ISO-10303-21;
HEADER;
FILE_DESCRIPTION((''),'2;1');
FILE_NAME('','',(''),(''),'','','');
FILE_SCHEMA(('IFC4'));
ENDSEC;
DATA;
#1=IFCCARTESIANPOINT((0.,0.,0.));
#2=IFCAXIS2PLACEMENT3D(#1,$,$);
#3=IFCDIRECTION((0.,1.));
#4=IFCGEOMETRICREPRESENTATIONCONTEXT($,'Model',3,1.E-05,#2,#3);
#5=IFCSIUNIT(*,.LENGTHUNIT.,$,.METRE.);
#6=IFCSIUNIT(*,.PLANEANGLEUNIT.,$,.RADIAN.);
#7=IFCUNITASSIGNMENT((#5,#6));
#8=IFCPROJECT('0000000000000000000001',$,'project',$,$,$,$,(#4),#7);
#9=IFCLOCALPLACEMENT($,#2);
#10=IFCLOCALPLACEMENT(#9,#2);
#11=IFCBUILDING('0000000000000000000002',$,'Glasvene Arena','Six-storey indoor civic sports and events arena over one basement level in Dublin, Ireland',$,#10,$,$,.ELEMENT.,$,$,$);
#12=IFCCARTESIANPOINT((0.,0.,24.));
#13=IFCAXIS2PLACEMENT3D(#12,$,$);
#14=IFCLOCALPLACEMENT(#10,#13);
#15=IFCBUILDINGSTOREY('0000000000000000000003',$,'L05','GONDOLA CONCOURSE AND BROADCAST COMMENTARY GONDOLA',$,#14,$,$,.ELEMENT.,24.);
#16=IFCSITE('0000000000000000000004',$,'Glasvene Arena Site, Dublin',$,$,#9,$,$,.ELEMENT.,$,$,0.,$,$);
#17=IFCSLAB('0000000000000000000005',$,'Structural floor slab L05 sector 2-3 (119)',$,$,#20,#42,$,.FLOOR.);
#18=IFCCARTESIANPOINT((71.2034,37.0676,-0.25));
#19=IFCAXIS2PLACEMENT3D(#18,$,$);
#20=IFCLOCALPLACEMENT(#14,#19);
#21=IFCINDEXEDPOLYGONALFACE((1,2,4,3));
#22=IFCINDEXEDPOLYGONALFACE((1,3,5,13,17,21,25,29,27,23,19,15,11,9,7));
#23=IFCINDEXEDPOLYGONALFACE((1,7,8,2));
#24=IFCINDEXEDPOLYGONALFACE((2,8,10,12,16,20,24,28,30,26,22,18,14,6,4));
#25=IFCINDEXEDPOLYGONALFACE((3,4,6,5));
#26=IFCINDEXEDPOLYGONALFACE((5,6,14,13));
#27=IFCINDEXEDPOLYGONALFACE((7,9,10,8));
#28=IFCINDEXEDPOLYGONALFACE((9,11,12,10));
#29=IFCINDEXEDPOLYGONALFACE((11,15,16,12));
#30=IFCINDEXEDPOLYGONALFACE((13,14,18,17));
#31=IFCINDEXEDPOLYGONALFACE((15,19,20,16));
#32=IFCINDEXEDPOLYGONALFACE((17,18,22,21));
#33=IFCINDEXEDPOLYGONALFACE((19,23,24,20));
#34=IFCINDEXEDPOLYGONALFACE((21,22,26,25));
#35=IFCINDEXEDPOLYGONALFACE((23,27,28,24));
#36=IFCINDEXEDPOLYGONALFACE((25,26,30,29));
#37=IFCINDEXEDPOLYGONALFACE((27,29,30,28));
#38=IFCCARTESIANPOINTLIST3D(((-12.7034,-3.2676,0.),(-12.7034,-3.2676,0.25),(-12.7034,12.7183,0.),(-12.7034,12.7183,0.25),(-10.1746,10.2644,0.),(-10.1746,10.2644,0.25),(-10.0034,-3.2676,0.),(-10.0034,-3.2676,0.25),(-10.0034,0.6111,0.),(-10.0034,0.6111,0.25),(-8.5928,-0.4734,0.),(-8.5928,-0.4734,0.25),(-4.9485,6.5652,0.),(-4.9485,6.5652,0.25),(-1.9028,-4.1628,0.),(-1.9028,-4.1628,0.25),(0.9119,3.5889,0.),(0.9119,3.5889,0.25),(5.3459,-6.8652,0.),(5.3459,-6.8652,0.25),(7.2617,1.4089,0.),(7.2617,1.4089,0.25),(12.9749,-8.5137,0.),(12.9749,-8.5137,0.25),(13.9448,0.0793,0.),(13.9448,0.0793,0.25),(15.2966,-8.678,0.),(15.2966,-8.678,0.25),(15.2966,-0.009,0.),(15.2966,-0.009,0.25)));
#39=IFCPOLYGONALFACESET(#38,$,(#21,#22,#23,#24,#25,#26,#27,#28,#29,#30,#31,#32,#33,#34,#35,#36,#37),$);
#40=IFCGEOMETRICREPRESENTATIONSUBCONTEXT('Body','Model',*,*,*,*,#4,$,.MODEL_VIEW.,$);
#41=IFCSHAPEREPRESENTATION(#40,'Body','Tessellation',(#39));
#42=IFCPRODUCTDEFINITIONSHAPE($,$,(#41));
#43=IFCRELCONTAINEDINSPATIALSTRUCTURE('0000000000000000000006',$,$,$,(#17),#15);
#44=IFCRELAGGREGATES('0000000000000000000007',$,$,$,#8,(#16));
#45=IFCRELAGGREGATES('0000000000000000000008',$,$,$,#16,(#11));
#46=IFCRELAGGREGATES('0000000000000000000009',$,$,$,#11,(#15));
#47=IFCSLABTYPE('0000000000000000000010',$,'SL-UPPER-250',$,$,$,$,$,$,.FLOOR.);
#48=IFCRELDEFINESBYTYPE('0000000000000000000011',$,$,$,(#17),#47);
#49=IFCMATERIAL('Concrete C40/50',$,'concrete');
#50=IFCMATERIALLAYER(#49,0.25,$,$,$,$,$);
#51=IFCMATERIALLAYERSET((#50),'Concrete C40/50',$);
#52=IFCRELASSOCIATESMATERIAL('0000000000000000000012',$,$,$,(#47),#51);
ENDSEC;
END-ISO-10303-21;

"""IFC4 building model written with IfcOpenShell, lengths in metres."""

from ifc_helpers import new_model, si_unit, direction, frame, origin, place, context, subcontext, project, spatial, polyline, outline, extrude, material, layer, layer_set, type_object, element, save


model = new_model("IFC4")

# Units and contexts
model_context = context("Model", 3, precision=1e-05, world=origin(), true_north=direction((0.0, 1.0)))
body_context = subcontext(model_context, "Body", "Model", "MODEL_VIEW")
ifc_project = project(units=[si_unit("LENGTHUNIT", "METRE"), si_unit("PLANEANGLEUNIT", "RADIAN")], contexts=[model_context])

# Site, building, storey
site_placement = place(None, origin())
site = spatial("IfcSite", under=ifc_project, at=site_placement, Name="Glasvene Arena Site, Dublin", CompositionType="ELEMENT", RefElevation=0.0)
building_placement = place(site_placement, origin())
building = spatial("IfcBuilding", under=site, at=building_placement, Name="Glasvene Arena", Description="Six-storey indoor civic sports and events arena over one basement level in Dublin, Ireland", CompositionType="ELEMENT")
storey_placement = place(building_placement, frame((0.0, 0.0, 24.0)))
storey = spatial("IfcBuildingStorey", under=building, at=storey_placement, Name="L05", Description="GONDOLA CONCOURSE AND BROADCAST COMMENTARY GONDOLA", CompositionType="ELEMENT", Elevation=24.0)

# Slab
ifc_material_1 = material(Name="Concrete C40/50", Category="concrete")
ifc_layer_1 = layer(ifc_material_1, 0.25)
ifc_layer_set_1 = layer_set([ifc_layer_1], Name="Concrete C40/50")
slab_type = type_object("IfcSlabType", Name="SL-UPPER-250", PredefinedType="FLOOR", material=ifc_layer_set_1)
slab_placement = place(storey_placement, frame((71.2034, 37.0676, -0.25)))
element("IfcSlab", 1, at=slab_placement, inside=storey, type_object=slab_type, Name="Structural floor slab L05 sector 2-3 (119)", PredefinedType="FLOOR", context=body_context, shape_type="SweptSolid", body=[
    extrude(outline(polyline([(5.3459, -6.8652), (-1.9028, -4.1628), (-8.5928, -0.4734), (-10.0034, 0.6111), (-10.0034, -3.2676), (-12.7034, -3.2676), (-12.7034, 12.7183), (-10.1746, 10.2644), (-4.9485, 6.5652), (0.9119, 3.5889), (7.2617, 1.4089), (13.9448, 0.0793), (15.2966, -0.009), (15.2966, -8.678), (12.9749, -8.5137), (5.3459, -6.8652)])), origin(), (0.0, 0.0, 1.0), 0.25),
])

save(model, "model.ifc")
